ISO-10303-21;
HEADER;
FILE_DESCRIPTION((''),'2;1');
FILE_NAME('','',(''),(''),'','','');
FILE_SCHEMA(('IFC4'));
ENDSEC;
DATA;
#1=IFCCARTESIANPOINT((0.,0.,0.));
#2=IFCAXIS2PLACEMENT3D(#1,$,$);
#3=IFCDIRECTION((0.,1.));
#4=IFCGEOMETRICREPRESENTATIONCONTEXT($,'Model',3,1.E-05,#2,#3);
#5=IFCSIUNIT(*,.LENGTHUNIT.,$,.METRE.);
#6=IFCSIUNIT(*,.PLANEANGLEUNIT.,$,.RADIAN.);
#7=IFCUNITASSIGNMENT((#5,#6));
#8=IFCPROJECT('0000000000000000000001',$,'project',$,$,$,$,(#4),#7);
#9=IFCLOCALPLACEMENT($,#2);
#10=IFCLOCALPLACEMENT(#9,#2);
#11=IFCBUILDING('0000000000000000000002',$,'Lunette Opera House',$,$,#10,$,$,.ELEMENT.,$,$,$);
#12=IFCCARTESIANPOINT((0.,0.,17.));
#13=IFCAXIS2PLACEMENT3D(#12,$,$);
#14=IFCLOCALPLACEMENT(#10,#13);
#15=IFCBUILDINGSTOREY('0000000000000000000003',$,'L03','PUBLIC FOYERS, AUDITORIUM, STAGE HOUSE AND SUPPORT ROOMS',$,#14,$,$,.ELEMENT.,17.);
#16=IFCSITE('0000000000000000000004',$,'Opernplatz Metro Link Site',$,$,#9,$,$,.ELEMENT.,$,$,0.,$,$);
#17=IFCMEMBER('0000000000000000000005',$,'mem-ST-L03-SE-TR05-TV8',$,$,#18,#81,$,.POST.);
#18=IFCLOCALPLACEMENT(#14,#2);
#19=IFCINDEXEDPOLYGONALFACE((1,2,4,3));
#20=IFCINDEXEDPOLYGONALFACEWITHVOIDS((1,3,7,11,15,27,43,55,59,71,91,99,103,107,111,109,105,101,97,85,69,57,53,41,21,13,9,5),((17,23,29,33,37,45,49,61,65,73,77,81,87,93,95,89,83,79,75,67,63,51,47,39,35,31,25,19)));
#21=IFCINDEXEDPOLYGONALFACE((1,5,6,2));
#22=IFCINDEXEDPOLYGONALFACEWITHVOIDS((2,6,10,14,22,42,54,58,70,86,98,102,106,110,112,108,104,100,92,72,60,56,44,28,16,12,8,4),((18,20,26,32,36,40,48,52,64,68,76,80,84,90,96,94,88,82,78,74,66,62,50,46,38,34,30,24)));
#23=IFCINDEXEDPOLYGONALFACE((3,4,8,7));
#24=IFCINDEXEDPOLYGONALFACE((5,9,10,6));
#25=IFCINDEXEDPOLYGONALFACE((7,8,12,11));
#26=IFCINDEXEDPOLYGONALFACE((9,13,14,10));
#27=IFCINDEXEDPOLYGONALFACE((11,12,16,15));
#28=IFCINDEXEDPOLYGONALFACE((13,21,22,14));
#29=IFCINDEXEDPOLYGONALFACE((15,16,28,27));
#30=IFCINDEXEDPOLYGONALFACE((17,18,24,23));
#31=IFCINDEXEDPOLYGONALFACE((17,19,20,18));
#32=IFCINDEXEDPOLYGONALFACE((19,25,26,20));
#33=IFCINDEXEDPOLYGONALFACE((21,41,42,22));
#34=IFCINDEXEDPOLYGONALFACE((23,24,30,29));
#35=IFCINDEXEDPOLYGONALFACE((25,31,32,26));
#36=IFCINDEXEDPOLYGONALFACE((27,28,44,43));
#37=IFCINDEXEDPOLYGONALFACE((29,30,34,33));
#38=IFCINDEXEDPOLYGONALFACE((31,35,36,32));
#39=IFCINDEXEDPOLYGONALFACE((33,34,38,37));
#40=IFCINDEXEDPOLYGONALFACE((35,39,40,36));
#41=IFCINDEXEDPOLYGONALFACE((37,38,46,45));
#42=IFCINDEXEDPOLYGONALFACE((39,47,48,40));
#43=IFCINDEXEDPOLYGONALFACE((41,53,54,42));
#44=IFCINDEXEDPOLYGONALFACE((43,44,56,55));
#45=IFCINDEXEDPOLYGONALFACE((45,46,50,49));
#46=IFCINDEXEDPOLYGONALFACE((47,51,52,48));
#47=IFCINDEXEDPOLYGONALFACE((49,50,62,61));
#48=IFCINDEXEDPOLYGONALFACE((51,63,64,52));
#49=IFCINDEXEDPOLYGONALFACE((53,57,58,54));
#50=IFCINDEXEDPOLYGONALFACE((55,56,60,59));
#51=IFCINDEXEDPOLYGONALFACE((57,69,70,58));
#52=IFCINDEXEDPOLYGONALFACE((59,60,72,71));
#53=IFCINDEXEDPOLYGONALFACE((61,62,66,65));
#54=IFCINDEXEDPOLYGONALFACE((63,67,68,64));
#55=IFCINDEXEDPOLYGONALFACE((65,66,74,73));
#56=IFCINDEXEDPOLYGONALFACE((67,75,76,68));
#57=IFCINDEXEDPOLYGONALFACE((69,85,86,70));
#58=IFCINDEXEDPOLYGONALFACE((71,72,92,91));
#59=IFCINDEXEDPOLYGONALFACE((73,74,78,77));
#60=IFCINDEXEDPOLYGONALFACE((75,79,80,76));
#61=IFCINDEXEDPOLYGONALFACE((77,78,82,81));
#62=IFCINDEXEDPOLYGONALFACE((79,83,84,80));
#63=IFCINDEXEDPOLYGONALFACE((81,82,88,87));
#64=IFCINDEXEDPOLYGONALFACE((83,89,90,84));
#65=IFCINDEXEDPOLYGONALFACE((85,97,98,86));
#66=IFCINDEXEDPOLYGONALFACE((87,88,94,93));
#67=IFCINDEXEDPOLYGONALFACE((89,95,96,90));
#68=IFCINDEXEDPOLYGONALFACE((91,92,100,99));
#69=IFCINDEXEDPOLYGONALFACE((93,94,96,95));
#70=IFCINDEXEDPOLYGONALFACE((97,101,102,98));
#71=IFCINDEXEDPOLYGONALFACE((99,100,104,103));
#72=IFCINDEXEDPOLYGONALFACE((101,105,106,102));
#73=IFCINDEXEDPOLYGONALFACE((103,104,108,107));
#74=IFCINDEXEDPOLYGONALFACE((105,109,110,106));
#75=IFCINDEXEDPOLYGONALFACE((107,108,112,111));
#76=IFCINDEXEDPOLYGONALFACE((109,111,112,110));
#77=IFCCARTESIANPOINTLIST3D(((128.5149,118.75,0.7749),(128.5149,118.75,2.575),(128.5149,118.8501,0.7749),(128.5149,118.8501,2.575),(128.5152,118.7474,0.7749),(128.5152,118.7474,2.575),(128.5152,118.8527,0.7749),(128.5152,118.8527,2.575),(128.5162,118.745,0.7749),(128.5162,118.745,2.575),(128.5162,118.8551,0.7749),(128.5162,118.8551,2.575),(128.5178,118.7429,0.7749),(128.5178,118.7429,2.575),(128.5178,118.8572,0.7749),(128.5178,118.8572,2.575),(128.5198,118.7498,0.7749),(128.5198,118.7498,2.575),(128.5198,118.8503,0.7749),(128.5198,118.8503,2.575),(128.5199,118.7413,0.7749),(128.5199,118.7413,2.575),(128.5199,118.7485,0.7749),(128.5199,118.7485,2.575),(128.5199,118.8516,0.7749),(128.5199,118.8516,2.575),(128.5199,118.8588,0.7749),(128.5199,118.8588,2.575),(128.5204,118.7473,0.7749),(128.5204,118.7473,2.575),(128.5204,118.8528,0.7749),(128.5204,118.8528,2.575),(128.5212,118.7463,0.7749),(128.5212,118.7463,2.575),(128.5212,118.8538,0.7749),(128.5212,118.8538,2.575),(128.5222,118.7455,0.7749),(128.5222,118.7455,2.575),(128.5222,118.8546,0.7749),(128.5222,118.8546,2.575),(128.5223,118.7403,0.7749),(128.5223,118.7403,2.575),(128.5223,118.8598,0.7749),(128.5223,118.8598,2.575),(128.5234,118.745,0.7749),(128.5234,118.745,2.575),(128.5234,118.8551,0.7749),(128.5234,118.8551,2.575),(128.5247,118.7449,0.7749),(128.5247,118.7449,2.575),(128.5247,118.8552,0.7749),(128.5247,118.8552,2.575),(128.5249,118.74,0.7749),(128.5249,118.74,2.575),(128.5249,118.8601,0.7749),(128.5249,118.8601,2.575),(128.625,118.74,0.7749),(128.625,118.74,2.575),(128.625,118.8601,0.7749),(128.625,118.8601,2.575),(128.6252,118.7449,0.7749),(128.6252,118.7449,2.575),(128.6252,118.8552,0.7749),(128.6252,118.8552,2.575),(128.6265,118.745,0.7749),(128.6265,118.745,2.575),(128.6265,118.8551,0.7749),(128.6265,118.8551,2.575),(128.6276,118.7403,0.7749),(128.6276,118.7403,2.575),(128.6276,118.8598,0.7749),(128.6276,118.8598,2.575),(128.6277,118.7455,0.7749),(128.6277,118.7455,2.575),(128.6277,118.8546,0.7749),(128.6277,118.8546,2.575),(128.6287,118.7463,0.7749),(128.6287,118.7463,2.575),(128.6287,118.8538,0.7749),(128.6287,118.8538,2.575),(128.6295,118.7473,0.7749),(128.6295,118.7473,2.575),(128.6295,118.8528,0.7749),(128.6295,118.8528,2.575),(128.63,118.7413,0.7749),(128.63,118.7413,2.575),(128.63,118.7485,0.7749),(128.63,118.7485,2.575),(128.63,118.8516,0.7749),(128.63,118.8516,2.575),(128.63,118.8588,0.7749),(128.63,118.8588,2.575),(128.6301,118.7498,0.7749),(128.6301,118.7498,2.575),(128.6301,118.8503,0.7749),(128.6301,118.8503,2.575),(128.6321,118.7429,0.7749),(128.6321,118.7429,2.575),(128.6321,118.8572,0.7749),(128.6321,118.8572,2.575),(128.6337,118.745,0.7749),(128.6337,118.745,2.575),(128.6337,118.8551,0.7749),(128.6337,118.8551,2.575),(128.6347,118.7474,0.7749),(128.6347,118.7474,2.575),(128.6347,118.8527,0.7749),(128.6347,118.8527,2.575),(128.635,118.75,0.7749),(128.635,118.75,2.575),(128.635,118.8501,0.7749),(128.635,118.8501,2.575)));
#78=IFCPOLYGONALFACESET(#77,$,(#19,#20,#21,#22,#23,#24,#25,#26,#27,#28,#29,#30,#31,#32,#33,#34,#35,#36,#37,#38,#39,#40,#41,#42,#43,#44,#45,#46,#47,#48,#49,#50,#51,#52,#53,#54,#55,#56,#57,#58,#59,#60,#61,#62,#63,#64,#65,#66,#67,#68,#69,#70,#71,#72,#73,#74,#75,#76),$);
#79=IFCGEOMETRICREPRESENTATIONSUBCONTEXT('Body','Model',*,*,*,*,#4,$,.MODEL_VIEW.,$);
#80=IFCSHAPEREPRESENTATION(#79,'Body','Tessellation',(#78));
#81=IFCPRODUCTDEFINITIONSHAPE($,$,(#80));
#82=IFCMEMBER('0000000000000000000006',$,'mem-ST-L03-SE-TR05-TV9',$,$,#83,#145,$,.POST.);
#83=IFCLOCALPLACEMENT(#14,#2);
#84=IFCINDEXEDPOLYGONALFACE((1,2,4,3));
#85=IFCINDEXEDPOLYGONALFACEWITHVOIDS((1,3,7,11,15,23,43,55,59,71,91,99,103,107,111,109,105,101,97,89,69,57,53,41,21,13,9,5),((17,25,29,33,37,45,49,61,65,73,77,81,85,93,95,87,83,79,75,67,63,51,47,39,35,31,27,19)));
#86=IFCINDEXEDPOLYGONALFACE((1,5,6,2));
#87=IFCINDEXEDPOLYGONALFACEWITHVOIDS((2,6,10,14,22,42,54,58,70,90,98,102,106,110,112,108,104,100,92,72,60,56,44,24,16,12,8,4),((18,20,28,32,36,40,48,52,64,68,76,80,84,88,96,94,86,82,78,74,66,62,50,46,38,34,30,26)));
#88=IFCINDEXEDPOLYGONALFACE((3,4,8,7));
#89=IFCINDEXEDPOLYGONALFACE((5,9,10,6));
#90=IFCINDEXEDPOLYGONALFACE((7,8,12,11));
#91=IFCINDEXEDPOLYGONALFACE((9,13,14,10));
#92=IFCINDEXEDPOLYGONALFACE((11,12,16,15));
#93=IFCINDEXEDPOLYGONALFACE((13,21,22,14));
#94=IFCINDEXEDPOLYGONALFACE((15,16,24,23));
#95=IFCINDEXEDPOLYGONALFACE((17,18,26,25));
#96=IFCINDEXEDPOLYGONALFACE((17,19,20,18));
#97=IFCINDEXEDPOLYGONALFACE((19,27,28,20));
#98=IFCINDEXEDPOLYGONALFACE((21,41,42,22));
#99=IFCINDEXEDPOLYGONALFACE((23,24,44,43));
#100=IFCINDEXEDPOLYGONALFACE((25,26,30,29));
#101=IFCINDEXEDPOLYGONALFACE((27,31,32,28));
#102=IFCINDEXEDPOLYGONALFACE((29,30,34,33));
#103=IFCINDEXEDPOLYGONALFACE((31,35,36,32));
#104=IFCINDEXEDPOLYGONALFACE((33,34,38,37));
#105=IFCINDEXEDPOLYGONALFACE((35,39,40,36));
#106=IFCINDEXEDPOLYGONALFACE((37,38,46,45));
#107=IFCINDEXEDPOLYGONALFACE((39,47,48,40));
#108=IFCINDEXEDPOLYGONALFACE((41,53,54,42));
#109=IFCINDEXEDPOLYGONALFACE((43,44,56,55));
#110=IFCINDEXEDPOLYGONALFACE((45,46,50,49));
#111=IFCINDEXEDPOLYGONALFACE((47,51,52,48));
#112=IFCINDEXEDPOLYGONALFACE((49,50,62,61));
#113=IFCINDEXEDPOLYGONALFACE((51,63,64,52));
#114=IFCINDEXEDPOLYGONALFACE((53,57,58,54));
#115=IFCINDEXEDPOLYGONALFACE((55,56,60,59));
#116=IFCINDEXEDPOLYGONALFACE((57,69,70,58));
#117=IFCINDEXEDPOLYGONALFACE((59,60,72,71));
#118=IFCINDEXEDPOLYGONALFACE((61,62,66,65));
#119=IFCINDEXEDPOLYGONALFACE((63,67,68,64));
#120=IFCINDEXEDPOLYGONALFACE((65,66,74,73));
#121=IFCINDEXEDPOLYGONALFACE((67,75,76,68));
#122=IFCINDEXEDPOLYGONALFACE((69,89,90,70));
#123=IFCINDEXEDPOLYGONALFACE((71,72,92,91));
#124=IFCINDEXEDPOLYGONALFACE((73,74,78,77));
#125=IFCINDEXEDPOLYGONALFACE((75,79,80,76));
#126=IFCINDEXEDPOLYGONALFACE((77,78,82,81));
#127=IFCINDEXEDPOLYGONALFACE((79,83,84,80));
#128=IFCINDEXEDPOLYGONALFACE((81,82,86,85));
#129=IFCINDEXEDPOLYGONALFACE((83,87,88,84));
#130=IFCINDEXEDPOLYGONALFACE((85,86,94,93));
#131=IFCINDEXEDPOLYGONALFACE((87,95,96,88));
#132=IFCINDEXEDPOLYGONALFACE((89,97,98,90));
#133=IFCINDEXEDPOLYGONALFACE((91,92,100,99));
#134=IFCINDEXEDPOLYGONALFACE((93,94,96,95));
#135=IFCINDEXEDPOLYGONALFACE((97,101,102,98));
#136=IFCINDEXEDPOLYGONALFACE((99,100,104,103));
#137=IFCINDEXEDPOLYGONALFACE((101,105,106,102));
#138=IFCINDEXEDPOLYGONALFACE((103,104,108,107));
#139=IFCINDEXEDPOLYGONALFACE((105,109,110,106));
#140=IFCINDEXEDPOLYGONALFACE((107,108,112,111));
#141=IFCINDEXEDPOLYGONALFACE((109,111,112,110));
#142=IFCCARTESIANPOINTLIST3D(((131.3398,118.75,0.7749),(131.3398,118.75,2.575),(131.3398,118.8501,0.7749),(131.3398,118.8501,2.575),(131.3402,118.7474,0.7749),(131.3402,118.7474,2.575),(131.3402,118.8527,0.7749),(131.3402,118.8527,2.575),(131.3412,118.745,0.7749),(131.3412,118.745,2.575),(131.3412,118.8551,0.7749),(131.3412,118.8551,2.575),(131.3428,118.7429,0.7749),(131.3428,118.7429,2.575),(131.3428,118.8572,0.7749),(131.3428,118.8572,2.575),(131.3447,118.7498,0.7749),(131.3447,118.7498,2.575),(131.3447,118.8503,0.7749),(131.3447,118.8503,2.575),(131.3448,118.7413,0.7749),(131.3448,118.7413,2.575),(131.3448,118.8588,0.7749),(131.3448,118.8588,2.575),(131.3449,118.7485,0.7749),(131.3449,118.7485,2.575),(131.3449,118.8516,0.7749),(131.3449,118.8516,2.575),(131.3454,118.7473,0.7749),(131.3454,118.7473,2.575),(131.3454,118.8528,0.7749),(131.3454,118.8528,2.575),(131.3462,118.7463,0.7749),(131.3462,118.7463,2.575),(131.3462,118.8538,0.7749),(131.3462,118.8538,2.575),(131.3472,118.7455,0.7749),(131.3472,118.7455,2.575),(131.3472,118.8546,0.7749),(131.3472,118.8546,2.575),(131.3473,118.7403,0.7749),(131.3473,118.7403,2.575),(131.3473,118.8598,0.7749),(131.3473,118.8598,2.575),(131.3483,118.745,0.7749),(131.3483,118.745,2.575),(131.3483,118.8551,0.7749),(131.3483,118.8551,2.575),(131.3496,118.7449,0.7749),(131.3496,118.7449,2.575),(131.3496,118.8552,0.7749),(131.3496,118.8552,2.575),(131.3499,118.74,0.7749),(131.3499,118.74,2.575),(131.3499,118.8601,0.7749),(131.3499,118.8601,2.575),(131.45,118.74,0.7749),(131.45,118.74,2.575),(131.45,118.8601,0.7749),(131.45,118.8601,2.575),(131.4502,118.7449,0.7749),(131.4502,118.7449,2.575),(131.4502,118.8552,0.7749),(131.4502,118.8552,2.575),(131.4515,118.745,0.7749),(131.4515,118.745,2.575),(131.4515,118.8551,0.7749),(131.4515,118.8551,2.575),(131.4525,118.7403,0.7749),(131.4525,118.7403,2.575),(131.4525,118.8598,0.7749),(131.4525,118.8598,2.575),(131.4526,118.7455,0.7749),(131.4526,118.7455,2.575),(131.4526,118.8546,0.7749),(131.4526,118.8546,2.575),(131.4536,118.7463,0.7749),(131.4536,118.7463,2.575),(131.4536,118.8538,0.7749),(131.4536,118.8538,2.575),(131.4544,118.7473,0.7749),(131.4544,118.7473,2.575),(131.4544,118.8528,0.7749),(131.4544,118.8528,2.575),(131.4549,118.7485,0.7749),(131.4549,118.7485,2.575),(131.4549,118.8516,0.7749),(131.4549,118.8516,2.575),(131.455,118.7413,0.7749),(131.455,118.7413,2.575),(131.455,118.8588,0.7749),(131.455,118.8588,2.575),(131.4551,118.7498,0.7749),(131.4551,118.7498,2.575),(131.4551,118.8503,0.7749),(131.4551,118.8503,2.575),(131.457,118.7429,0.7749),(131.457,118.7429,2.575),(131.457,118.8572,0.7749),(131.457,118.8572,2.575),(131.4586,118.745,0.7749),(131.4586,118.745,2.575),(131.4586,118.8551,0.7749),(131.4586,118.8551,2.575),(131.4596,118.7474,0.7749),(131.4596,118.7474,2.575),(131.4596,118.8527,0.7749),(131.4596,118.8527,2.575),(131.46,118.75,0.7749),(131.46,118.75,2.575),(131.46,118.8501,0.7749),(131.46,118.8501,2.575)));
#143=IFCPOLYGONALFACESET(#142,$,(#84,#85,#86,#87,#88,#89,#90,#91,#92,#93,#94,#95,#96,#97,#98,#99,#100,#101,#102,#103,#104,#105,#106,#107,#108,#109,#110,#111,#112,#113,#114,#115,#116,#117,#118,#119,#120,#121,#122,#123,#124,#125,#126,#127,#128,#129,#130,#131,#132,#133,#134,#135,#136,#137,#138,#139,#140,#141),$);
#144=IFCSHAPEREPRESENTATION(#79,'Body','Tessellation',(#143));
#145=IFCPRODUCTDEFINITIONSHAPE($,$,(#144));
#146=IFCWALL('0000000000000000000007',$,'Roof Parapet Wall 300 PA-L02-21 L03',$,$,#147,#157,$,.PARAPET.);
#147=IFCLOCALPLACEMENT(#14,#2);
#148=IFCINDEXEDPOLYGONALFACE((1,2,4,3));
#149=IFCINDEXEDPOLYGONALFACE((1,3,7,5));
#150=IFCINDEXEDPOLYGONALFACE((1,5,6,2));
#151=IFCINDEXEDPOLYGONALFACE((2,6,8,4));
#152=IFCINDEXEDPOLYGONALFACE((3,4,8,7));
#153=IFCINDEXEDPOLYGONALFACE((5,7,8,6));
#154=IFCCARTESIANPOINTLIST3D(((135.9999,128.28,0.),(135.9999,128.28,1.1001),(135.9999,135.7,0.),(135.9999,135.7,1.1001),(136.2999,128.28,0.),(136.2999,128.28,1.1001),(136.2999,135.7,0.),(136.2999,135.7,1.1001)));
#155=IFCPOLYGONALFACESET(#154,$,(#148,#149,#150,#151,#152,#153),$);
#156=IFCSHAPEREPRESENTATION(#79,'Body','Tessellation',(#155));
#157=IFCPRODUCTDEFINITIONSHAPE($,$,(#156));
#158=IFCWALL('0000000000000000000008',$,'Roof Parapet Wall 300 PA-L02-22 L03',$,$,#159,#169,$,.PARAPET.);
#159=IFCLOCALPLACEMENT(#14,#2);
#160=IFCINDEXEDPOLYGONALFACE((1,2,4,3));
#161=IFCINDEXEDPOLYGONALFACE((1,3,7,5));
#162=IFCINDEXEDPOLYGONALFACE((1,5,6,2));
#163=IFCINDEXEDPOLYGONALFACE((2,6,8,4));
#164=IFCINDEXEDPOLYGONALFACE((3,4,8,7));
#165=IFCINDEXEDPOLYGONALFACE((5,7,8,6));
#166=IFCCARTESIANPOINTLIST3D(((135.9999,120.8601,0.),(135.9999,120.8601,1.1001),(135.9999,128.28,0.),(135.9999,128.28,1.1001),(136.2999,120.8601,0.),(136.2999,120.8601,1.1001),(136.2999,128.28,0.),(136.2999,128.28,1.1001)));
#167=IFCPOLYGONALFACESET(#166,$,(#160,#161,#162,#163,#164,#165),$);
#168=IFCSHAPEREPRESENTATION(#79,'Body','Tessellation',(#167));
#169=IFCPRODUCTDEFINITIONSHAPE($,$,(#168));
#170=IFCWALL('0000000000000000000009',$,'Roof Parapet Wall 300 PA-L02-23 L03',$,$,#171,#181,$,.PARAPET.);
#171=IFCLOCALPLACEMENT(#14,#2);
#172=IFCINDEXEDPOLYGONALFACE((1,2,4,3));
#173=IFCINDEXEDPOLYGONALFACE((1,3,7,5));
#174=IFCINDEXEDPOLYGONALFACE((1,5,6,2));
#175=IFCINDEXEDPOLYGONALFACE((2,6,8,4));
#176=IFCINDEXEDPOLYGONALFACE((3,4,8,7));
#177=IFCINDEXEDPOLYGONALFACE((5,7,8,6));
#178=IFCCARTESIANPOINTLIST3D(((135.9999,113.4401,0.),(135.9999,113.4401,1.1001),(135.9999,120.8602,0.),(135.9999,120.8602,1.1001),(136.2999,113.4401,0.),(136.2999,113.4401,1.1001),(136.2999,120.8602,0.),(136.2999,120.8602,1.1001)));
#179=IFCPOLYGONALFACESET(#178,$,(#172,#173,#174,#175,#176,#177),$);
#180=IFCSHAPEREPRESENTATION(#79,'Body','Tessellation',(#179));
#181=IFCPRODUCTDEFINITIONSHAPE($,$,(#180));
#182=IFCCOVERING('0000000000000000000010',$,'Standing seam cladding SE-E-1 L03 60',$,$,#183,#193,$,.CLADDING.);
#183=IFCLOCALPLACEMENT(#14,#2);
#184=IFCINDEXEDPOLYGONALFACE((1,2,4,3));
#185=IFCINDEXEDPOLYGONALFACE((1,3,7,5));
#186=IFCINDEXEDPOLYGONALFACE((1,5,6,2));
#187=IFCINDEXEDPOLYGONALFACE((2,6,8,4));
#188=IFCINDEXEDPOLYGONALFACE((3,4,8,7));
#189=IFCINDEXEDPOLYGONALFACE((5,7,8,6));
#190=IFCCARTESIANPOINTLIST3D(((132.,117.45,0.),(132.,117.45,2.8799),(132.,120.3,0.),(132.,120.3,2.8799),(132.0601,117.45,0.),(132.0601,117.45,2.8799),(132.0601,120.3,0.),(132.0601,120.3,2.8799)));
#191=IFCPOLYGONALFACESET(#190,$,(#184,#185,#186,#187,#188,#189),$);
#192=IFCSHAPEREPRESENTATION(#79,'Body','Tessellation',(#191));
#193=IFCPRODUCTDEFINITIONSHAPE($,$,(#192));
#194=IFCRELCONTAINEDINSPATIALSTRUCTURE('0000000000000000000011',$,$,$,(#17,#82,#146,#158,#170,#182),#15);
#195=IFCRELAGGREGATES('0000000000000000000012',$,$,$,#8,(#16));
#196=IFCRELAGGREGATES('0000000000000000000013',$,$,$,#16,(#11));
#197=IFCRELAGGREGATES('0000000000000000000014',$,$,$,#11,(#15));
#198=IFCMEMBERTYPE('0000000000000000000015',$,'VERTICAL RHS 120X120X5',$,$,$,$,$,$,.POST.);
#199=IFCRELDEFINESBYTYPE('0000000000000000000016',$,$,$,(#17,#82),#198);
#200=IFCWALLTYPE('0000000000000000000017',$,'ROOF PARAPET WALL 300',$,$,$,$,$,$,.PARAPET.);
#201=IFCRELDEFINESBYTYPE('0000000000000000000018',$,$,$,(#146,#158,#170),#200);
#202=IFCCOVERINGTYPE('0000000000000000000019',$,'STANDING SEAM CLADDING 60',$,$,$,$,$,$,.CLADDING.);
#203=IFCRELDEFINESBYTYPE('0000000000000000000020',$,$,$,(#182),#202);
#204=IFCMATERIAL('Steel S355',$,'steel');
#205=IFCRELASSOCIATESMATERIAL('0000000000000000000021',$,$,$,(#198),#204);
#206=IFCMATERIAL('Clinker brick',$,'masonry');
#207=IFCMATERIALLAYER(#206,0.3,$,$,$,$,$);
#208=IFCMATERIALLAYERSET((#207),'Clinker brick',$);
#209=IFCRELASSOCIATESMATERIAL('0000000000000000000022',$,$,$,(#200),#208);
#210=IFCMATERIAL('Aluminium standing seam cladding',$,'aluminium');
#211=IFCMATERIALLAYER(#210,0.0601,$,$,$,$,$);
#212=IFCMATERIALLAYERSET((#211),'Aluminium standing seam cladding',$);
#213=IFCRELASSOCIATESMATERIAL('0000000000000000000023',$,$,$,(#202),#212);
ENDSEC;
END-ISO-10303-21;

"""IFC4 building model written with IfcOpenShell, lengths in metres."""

from ifc_helpers import new_model, si_unit, direction, frame, frame_2d, origin, origin_2d, place, context, subcontext, project, spatial, rectangle, hollow_rectangle, extrude, material, layer, layer_set, material_profile, profile_set, type_object, element, save


model = new_model("IFC4")

# Units and contexts
model_context = context("Model", 3, precision=1e-05, world=origin(), true_north=direction((0.0, 1.0)))
body_context = subcontext(model_context, "Body", "Model", "MODEL_VIEW")
ifc_project = project(units=[si_unit("LENGTHUNIT", "METRE"), si_unit("PLANEANGLEUNIT", "RADIAN")], contexts=[model_context])

# Site, building, storey
site_placement = place(None, origin())
site = spatial("IfcSite", under=ifc_project, at=site_placement, Name="Opernplatz Metro Link Site", CompositionType="ELEMENT", RefElevation=0.0)
building_placement = place(site_placement, origin())
building = spatial("IfcBuilding", under=site, at=building_placement, Name="Lunette Opera House", CompositionType="ELEMENT")
storey_placement = place(building_placement, frame((0.0, 0.0, 17.0)))
storey = spatial("IfcBuildingStorey", under=building, at=storey_placement, Name="L03", Description="PUBLIC FOYERS, AUDITORIUM, STAGE HOUSE AND SUPPORT ROOMS", CompositionType="ELEMENT", Elevation=17.0)

# Members
ifc_material_1 = material(Name="Steel S355", Category="steel")
ifc_material_profile_1 = material_profile(ifc_material_1, hollow_rectangle(XDim=0.1201, YDim=0.1201, WallThickness=0.0049, InnerFilletRadius=0.0049, OuterFilletRadius=0.01, at=origin_2d()), Name="RHS 120X120X5")
ifc_profile_set_1 = profile_set([ifc_material_profile_1], Name="Steel S355")
member_type_1 = type_object("IfcMemberType", Name="VERTICAL RHS 120X120X5", PredefinedType="POST", material=ifc_profile_set_1)
for number, where, z_axis, x_axis, name in (
    (1, (128.575, 118.8, 0.7749), (0.0, 0.0, 1.0), (1.0, 0.0, 0.0), "mem-ST-L03-SE-TR05-TV8"),
    (2, (131.3999, 118.8, 0.7749), (0.0, 0.0, 1.0), (1.0, 0.0, 0.0), "mem-ST-L03-SE-TR05-TV9"),
):
    element("IfcMember", number, at=place(storey_placement, frame(where, z_axis=z_axis, x_axis=x_axis)), inside=storey, type_object=member_type_1, Name=name, PredefinedType="POST", context=body_context, shape_type="SweptSolid", body=[
        extrude(hollow_rectangle(XDim=0.1201, YDim=0.1201, WallThickness=0.0049, InnerFilletRadius=0.0049, OuterFilletRadius=0.01, at=origin_2d()), origin(), (0.0, 0.0, 1.0), 1.8),
    ])

# Walls
ifc_material_2 = material(Name="Clinker brick", Category="masonry")
ifc_layer_1 = layer(ifc_material_2, 0.3)
ifc_layer_set_1 = layer_set([ifc_layer_1], Name="Clinker brick")
wall_type = type_object("IfcWallType", Name="ROOF PARAPET WALL 300", PredefinedType="PARAPET", material=ifc_layer_set_1)
for number, where, z_axis, x_axis, name in (
    (3, (136.1499, 135.7, 0.0), (0.0, 0.0, 1.0), (0.0, -1.0, 0.0), "Roof Parapet Wall 300 PA-L02-21 L03"),
    (4, (136.1499, 128.28, 0.0), (0.0, 0.0, 1.0), (0.0, -1.0, 0.0), "Roof Parapet Wall 300 PA-L02-22 L03"),
):
    element("IfcWall", number, at=place(storey_placement, frame(where, z_axis=z_axis, x_axis=x_axis)), inside=storey, type_object=wall_type, Name=name, PredefinedType="PARAPET", context=body_context, shape_type="SweptSolid", body=[
        extrude(rectangle(XDim=7.4199, YDim=0.3, at=frame_2d((3.71, 0.0))), origin(), (0.0, 0.0, 1.0), 1.1001),
    ])
wall_placement = place(storey_placement, frame((136.1499, 120.8601, 0.0), z_axis=(0.0, 0.0, 1.0), x_axis=(0.0, -1.0, 0.0)))
element("IfcWall", 5, at=wall_placement, inside=storey, type_object=wall_type, Name="Roof Parapet Wall 300 PA-L02-23 L03", PredefinedType="PARAPET", context=body_context, shape_type="SweptSolid", body=[
    extrude(rectangle(XDim=7.4202, YDim=0.3, at=frame_2d((3.71, 0.0))), origin(), (0.0, 0.0, 1.0), 1.1001),
])

# Covering
ifc_material_3 = material(Name="Aluminium standing seam cladding", Category="aluminium")
ifc_layer_2 = layer(ifc_material_3, 0.0601)
ifc_layer_set_2 = layer_set([ifc_layer_2], Name="Aluminium standing seam cladding")
covering_type = type_object("IfcCoveringType", Name="STANDING SEAM CLADDING 60", PredefinedType="CLADDING", material=ifc_layer_set_2)
covering_1_placement = place(storey_placement, frame((132.03, 118.875, 0.0), z_axis=(0.0, 0.0, 1.0), x_axis=(0.0, 1.0, 0.0)))
element("IfcCovering", 6, at=covering_1_placement, inside=storey, type_object=covering_type, Name="Standing seam cladding SE-E-1 L03 60", PredefinedType="CLADDING", context=body_context, shape_type="SweptSolid", body=[
    extrude(rectangle(XDim=2.8501, YDim=0.0601, at=origin_2d()), origin(), (0.0, 0.0, 1.0), 2.8799),
])

save(model, "model.ifc")
